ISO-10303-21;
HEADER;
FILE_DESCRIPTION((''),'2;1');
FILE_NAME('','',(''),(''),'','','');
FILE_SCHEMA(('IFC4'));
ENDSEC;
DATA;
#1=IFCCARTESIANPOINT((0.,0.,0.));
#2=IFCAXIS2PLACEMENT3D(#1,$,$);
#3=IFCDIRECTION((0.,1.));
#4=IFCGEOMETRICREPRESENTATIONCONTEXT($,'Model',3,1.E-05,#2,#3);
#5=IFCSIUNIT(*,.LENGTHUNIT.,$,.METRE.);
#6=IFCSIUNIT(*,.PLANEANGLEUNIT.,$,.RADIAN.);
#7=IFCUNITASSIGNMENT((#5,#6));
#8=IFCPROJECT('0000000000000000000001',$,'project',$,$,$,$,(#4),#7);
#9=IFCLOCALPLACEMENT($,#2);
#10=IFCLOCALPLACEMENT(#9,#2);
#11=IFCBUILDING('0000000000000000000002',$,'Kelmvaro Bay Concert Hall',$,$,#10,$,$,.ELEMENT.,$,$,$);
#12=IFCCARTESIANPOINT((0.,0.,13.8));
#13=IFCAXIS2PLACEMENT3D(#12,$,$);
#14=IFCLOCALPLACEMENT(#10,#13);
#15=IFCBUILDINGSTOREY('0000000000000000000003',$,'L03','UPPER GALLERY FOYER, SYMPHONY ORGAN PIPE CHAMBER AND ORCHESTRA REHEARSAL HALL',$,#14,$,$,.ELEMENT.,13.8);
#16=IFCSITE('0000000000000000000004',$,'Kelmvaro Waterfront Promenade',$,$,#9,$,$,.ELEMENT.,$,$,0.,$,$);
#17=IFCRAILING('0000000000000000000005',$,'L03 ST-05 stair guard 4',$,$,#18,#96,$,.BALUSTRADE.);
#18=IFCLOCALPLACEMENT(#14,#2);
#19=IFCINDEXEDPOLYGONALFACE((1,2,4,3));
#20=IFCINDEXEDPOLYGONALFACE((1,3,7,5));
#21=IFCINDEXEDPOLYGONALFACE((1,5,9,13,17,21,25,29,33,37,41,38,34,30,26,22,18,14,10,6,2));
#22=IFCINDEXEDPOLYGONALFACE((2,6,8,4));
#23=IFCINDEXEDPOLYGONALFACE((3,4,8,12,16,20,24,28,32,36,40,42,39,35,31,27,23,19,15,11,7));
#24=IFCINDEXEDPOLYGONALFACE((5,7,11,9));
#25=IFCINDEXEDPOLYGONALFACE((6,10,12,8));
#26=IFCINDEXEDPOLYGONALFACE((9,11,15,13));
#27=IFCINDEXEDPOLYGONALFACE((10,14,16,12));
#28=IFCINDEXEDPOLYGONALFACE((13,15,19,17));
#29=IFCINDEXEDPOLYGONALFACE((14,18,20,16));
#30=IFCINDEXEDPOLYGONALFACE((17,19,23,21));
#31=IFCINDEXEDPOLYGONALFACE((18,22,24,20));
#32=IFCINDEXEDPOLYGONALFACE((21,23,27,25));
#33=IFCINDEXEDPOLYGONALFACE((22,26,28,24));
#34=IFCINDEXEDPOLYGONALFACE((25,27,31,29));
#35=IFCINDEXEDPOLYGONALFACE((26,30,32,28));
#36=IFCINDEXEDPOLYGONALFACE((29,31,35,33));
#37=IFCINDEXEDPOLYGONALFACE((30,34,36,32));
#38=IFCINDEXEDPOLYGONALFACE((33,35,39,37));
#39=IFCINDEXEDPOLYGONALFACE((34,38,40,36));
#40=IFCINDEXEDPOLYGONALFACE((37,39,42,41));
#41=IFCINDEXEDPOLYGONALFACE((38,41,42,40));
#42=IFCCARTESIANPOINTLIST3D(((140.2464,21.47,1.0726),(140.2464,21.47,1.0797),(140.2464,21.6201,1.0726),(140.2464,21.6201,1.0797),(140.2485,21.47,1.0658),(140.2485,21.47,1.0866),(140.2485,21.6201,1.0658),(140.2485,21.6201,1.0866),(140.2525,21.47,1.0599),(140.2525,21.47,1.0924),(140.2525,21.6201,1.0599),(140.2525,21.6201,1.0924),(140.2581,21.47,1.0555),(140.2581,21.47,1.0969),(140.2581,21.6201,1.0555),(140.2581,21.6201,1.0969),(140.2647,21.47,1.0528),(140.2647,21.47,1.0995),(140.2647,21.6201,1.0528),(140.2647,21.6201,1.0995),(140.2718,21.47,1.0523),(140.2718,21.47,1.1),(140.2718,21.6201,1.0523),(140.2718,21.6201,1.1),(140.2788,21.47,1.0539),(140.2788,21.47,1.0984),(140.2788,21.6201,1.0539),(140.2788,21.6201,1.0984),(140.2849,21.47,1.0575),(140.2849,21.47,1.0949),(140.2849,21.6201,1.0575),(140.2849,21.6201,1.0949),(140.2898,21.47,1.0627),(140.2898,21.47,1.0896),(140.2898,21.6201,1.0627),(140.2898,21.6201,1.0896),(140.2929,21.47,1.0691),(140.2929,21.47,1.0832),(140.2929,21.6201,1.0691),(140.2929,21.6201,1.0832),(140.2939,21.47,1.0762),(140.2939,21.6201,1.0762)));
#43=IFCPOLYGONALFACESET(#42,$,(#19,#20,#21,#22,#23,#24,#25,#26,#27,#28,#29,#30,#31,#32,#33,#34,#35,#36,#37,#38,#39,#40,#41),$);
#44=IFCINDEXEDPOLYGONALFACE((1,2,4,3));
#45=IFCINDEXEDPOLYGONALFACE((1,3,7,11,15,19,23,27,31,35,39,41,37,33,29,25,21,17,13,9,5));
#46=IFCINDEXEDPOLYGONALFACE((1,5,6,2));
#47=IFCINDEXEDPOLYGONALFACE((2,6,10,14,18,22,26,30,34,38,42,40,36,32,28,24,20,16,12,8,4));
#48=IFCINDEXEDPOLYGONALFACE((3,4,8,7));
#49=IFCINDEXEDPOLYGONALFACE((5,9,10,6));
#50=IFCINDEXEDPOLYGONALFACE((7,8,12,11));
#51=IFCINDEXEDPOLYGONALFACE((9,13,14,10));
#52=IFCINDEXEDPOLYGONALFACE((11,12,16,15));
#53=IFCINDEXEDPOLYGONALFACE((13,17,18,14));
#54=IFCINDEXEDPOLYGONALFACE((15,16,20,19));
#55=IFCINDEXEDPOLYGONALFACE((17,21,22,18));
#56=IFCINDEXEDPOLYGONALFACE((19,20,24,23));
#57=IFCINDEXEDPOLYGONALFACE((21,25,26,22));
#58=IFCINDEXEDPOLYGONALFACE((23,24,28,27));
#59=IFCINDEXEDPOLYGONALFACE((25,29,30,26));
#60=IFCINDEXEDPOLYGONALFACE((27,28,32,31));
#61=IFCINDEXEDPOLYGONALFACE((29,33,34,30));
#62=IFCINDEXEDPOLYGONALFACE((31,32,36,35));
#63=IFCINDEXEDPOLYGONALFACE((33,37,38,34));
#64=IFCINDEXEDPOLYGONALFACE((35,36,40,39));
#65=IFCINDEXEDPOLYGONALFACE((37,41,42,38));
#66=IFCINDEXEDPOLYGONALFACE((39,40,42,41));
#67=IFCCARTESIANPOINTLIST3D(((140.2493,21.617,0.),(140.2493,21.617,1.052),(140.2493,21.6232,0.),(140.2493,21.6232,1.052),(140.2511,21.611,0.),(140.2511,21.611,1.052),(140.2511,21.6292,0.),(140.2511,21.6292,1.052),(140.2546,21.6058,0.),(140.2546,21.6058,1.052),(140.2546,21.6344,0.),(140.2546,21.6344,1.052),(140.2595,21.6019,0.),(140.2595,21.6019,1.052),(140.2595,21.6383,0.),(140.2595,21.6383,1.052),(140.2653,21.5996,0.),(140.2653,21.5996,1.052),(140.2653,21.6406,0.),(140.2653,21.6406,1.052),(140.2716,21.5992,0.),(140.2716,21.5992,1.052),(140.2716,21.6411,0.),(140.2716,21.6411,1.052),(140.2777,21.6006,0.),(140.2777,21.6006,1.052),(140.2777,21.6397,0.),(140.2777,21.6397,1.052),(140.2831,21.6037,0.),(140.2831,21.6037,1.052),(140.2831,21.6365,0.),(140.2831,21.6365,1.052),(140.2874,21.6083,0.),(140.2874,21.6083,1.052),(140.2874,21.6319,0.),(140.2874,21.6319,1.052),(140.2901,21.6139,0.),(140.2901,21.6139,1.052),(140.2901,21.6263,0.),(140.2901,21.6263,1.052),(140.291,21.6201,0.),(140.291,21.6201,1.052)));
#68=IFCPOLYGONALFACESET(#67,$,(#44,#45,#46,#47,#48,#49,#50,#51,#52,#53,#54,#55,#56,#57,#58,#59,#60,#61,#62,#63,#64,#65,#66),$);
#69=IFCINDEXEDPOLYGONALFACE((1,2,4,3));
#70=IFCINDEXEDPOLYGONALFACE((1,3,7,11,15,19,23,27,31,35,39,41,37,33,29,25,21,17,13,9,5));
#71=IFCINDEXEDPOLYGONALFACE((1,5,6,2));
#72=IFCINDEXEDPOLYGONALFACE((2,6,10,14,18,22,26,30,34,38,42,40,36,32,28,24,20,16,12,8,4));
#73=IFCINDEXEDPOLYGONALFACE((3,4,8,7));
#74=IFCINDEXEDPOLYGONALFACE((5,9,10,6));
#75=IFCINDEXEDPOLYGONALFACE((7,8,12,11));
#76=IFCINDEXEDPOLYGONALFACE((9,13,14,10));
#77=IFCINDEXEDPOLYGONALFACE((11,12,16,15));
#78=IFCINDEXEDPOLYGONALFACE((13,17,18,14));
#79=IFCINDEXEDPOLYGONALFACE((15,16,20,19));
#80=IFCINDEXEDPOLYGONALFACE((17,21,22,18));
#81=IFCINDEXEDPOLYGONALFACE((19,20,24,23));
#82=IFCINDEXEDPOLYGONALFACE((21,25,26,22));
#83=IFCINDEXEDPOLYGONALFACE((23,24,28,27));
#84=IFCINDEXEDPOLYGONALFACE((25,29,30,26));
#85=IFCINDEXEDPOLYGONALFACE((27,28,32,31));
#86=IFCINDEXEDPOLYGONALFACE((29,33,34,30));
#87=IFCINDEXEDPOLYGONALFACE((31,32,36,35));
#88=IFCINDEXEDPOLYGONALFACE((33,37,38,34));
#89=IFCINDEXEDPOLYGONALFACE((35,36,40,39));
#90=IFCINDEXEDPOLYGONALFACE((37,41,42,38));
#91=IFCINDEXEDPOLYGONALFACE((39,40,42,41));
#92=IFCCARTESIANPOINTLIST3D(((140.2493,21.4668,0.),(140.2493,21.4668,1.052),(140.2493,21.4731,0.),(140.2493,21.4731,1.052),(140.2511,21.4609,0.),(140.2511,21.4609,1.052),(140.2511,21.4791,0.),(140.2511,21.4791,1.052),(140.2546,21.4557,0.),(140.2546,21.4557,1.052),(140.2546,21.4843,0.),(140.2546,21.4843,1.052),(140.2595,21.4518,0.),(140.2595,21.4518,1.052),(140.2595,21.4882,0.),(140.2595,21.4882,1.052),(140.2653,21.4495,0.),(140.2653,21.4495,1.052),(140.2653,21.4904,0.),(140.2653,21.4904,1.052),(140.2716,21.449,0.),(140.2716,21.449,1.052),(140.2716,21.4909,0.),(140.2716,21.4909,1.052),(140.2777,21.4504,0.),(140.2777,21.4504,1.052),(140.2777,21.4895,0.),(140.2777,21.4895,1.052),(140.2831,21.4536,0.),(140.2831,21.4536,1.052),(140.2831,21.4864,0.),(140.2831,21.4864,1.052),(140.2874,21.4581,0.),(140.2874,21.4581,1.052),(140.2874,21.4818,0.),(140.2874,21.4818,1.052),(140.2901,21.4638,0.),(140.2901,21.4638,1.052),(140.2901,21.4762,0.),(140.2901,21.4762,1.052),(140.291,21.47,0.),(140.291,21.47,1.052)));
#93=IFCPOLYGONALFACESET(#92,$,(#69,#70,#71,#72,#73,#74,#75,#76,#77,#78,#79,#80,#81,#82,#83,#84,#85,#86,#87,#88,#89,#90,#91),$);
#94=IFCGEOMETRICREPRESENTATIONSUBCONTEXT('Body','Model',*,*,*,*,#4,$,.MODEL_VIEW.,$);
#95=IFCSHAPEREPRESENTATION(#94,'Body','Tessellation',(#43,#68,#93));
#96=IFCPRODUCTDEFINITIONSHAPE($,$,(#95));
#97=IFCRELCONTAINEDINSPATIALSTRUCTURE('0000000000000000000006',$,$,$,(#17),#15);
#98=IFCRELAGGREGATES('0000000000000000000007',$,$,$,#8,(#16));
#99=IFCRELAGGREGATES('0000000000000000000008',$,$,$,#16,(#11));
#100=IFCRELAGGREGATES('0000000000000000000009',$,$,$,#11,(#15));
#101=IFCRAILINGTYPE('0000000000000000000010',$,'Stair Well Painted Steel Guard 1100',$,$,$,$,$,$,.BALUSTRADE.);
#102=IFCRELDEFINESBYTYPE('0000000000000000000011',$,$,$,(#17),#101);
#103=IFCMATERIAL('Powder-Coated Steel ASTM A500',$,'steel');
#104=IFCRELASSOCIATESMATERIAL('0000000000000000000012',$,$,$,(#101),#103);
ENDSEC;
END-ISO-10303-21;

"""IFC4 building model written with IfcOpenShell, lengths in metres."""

from ifc_helpers import new_model, si_unit, direction, frame, origin, origin_2d, place, context, subcontext, project, spatial, circle, extrude, material, type_object, element, save


model = new_model("IFC4")

# Units and contexts
model_context = context("Model", 3, precision=1e-05, world=origin(), true_north=direction((0.0, 1.0)))
body_context = subcontext(model_context, "Body", "Model", "MODEL_VIEW")
ifc_project = project(units=[si_unit("LENGTHUNIT", "METRE"), si_unit("PLANEANGLEUNIT", "RADIAN")], contexts=[model_context])

# Site, building, storey
site_placement = place(None, origin())
site = spatial("IfcSite", under=ifc_project, at=site_placement, Name="Kelmvaro Waterfront Promenade", CompositionType="ELEMENT", RefElevation=0.0)
building_placement = place(site_placement, origin())
building = spatial("IfcBuilding", under=site, at=building_placement, Name="Kelmvaro Bay Concert Hall", CompositionType="ELEMENT")
storey_placement = place(building_placement, frame((0.0, 0.0, 13.8)))
storey = spatial("IfcBuildingStorey", under=building, at=storey_placement, Name="L03", Description="UPPER GALLERY FOYER, SYMPHONY ORGAN PIPE CHAMBER AND ORCHESTRA REHEARSAL HALL", CompositionType="ELEMENT", Elevation=13.8)

# Railing
ifc_material_1 = material(Name="Powder-Coated Steel ASTM A500", Category="steel")
railing_type_1 = type_object("IfcRailingType", Name="Stair Well Painted Steel Guard 1100", PredefinedType="BALUSTRADE", material=ifc_material_1)
railing_1_placement = place(storey_placement, frame((140.27, 21.6201, 0.0)))
element("IfcRailing", 1, at=railing_1_placement, inside=storey, type_object=railing_type_1, Name="L03 ST-05 stair guard 4", PredefinedType="BALUSTRADE", context=body_context, shape_type="SweptSolid", body=[
    extrude(circle(Radius=0.0239, at=origin_2d()), frame((0.0, 0.0, 1.0762), z_axis=(0.0, -1.0, 0.0), x_axis=(1.0, 0.0, 0.0)), (0.0, 0.0, 1.0), 0.1501),
    extrude(circle(Radius=0.021, at=origin_2d()), origin(), (0.0, 0.0, 1.0), 1.052),
    extrude(circle(Radius=0.021, at=origin_2d()), frame((0.0, -0.1501, 0.0)), (0.0, 0.0, 1.0), 1.052),
])

save(model, "model.ifc")
